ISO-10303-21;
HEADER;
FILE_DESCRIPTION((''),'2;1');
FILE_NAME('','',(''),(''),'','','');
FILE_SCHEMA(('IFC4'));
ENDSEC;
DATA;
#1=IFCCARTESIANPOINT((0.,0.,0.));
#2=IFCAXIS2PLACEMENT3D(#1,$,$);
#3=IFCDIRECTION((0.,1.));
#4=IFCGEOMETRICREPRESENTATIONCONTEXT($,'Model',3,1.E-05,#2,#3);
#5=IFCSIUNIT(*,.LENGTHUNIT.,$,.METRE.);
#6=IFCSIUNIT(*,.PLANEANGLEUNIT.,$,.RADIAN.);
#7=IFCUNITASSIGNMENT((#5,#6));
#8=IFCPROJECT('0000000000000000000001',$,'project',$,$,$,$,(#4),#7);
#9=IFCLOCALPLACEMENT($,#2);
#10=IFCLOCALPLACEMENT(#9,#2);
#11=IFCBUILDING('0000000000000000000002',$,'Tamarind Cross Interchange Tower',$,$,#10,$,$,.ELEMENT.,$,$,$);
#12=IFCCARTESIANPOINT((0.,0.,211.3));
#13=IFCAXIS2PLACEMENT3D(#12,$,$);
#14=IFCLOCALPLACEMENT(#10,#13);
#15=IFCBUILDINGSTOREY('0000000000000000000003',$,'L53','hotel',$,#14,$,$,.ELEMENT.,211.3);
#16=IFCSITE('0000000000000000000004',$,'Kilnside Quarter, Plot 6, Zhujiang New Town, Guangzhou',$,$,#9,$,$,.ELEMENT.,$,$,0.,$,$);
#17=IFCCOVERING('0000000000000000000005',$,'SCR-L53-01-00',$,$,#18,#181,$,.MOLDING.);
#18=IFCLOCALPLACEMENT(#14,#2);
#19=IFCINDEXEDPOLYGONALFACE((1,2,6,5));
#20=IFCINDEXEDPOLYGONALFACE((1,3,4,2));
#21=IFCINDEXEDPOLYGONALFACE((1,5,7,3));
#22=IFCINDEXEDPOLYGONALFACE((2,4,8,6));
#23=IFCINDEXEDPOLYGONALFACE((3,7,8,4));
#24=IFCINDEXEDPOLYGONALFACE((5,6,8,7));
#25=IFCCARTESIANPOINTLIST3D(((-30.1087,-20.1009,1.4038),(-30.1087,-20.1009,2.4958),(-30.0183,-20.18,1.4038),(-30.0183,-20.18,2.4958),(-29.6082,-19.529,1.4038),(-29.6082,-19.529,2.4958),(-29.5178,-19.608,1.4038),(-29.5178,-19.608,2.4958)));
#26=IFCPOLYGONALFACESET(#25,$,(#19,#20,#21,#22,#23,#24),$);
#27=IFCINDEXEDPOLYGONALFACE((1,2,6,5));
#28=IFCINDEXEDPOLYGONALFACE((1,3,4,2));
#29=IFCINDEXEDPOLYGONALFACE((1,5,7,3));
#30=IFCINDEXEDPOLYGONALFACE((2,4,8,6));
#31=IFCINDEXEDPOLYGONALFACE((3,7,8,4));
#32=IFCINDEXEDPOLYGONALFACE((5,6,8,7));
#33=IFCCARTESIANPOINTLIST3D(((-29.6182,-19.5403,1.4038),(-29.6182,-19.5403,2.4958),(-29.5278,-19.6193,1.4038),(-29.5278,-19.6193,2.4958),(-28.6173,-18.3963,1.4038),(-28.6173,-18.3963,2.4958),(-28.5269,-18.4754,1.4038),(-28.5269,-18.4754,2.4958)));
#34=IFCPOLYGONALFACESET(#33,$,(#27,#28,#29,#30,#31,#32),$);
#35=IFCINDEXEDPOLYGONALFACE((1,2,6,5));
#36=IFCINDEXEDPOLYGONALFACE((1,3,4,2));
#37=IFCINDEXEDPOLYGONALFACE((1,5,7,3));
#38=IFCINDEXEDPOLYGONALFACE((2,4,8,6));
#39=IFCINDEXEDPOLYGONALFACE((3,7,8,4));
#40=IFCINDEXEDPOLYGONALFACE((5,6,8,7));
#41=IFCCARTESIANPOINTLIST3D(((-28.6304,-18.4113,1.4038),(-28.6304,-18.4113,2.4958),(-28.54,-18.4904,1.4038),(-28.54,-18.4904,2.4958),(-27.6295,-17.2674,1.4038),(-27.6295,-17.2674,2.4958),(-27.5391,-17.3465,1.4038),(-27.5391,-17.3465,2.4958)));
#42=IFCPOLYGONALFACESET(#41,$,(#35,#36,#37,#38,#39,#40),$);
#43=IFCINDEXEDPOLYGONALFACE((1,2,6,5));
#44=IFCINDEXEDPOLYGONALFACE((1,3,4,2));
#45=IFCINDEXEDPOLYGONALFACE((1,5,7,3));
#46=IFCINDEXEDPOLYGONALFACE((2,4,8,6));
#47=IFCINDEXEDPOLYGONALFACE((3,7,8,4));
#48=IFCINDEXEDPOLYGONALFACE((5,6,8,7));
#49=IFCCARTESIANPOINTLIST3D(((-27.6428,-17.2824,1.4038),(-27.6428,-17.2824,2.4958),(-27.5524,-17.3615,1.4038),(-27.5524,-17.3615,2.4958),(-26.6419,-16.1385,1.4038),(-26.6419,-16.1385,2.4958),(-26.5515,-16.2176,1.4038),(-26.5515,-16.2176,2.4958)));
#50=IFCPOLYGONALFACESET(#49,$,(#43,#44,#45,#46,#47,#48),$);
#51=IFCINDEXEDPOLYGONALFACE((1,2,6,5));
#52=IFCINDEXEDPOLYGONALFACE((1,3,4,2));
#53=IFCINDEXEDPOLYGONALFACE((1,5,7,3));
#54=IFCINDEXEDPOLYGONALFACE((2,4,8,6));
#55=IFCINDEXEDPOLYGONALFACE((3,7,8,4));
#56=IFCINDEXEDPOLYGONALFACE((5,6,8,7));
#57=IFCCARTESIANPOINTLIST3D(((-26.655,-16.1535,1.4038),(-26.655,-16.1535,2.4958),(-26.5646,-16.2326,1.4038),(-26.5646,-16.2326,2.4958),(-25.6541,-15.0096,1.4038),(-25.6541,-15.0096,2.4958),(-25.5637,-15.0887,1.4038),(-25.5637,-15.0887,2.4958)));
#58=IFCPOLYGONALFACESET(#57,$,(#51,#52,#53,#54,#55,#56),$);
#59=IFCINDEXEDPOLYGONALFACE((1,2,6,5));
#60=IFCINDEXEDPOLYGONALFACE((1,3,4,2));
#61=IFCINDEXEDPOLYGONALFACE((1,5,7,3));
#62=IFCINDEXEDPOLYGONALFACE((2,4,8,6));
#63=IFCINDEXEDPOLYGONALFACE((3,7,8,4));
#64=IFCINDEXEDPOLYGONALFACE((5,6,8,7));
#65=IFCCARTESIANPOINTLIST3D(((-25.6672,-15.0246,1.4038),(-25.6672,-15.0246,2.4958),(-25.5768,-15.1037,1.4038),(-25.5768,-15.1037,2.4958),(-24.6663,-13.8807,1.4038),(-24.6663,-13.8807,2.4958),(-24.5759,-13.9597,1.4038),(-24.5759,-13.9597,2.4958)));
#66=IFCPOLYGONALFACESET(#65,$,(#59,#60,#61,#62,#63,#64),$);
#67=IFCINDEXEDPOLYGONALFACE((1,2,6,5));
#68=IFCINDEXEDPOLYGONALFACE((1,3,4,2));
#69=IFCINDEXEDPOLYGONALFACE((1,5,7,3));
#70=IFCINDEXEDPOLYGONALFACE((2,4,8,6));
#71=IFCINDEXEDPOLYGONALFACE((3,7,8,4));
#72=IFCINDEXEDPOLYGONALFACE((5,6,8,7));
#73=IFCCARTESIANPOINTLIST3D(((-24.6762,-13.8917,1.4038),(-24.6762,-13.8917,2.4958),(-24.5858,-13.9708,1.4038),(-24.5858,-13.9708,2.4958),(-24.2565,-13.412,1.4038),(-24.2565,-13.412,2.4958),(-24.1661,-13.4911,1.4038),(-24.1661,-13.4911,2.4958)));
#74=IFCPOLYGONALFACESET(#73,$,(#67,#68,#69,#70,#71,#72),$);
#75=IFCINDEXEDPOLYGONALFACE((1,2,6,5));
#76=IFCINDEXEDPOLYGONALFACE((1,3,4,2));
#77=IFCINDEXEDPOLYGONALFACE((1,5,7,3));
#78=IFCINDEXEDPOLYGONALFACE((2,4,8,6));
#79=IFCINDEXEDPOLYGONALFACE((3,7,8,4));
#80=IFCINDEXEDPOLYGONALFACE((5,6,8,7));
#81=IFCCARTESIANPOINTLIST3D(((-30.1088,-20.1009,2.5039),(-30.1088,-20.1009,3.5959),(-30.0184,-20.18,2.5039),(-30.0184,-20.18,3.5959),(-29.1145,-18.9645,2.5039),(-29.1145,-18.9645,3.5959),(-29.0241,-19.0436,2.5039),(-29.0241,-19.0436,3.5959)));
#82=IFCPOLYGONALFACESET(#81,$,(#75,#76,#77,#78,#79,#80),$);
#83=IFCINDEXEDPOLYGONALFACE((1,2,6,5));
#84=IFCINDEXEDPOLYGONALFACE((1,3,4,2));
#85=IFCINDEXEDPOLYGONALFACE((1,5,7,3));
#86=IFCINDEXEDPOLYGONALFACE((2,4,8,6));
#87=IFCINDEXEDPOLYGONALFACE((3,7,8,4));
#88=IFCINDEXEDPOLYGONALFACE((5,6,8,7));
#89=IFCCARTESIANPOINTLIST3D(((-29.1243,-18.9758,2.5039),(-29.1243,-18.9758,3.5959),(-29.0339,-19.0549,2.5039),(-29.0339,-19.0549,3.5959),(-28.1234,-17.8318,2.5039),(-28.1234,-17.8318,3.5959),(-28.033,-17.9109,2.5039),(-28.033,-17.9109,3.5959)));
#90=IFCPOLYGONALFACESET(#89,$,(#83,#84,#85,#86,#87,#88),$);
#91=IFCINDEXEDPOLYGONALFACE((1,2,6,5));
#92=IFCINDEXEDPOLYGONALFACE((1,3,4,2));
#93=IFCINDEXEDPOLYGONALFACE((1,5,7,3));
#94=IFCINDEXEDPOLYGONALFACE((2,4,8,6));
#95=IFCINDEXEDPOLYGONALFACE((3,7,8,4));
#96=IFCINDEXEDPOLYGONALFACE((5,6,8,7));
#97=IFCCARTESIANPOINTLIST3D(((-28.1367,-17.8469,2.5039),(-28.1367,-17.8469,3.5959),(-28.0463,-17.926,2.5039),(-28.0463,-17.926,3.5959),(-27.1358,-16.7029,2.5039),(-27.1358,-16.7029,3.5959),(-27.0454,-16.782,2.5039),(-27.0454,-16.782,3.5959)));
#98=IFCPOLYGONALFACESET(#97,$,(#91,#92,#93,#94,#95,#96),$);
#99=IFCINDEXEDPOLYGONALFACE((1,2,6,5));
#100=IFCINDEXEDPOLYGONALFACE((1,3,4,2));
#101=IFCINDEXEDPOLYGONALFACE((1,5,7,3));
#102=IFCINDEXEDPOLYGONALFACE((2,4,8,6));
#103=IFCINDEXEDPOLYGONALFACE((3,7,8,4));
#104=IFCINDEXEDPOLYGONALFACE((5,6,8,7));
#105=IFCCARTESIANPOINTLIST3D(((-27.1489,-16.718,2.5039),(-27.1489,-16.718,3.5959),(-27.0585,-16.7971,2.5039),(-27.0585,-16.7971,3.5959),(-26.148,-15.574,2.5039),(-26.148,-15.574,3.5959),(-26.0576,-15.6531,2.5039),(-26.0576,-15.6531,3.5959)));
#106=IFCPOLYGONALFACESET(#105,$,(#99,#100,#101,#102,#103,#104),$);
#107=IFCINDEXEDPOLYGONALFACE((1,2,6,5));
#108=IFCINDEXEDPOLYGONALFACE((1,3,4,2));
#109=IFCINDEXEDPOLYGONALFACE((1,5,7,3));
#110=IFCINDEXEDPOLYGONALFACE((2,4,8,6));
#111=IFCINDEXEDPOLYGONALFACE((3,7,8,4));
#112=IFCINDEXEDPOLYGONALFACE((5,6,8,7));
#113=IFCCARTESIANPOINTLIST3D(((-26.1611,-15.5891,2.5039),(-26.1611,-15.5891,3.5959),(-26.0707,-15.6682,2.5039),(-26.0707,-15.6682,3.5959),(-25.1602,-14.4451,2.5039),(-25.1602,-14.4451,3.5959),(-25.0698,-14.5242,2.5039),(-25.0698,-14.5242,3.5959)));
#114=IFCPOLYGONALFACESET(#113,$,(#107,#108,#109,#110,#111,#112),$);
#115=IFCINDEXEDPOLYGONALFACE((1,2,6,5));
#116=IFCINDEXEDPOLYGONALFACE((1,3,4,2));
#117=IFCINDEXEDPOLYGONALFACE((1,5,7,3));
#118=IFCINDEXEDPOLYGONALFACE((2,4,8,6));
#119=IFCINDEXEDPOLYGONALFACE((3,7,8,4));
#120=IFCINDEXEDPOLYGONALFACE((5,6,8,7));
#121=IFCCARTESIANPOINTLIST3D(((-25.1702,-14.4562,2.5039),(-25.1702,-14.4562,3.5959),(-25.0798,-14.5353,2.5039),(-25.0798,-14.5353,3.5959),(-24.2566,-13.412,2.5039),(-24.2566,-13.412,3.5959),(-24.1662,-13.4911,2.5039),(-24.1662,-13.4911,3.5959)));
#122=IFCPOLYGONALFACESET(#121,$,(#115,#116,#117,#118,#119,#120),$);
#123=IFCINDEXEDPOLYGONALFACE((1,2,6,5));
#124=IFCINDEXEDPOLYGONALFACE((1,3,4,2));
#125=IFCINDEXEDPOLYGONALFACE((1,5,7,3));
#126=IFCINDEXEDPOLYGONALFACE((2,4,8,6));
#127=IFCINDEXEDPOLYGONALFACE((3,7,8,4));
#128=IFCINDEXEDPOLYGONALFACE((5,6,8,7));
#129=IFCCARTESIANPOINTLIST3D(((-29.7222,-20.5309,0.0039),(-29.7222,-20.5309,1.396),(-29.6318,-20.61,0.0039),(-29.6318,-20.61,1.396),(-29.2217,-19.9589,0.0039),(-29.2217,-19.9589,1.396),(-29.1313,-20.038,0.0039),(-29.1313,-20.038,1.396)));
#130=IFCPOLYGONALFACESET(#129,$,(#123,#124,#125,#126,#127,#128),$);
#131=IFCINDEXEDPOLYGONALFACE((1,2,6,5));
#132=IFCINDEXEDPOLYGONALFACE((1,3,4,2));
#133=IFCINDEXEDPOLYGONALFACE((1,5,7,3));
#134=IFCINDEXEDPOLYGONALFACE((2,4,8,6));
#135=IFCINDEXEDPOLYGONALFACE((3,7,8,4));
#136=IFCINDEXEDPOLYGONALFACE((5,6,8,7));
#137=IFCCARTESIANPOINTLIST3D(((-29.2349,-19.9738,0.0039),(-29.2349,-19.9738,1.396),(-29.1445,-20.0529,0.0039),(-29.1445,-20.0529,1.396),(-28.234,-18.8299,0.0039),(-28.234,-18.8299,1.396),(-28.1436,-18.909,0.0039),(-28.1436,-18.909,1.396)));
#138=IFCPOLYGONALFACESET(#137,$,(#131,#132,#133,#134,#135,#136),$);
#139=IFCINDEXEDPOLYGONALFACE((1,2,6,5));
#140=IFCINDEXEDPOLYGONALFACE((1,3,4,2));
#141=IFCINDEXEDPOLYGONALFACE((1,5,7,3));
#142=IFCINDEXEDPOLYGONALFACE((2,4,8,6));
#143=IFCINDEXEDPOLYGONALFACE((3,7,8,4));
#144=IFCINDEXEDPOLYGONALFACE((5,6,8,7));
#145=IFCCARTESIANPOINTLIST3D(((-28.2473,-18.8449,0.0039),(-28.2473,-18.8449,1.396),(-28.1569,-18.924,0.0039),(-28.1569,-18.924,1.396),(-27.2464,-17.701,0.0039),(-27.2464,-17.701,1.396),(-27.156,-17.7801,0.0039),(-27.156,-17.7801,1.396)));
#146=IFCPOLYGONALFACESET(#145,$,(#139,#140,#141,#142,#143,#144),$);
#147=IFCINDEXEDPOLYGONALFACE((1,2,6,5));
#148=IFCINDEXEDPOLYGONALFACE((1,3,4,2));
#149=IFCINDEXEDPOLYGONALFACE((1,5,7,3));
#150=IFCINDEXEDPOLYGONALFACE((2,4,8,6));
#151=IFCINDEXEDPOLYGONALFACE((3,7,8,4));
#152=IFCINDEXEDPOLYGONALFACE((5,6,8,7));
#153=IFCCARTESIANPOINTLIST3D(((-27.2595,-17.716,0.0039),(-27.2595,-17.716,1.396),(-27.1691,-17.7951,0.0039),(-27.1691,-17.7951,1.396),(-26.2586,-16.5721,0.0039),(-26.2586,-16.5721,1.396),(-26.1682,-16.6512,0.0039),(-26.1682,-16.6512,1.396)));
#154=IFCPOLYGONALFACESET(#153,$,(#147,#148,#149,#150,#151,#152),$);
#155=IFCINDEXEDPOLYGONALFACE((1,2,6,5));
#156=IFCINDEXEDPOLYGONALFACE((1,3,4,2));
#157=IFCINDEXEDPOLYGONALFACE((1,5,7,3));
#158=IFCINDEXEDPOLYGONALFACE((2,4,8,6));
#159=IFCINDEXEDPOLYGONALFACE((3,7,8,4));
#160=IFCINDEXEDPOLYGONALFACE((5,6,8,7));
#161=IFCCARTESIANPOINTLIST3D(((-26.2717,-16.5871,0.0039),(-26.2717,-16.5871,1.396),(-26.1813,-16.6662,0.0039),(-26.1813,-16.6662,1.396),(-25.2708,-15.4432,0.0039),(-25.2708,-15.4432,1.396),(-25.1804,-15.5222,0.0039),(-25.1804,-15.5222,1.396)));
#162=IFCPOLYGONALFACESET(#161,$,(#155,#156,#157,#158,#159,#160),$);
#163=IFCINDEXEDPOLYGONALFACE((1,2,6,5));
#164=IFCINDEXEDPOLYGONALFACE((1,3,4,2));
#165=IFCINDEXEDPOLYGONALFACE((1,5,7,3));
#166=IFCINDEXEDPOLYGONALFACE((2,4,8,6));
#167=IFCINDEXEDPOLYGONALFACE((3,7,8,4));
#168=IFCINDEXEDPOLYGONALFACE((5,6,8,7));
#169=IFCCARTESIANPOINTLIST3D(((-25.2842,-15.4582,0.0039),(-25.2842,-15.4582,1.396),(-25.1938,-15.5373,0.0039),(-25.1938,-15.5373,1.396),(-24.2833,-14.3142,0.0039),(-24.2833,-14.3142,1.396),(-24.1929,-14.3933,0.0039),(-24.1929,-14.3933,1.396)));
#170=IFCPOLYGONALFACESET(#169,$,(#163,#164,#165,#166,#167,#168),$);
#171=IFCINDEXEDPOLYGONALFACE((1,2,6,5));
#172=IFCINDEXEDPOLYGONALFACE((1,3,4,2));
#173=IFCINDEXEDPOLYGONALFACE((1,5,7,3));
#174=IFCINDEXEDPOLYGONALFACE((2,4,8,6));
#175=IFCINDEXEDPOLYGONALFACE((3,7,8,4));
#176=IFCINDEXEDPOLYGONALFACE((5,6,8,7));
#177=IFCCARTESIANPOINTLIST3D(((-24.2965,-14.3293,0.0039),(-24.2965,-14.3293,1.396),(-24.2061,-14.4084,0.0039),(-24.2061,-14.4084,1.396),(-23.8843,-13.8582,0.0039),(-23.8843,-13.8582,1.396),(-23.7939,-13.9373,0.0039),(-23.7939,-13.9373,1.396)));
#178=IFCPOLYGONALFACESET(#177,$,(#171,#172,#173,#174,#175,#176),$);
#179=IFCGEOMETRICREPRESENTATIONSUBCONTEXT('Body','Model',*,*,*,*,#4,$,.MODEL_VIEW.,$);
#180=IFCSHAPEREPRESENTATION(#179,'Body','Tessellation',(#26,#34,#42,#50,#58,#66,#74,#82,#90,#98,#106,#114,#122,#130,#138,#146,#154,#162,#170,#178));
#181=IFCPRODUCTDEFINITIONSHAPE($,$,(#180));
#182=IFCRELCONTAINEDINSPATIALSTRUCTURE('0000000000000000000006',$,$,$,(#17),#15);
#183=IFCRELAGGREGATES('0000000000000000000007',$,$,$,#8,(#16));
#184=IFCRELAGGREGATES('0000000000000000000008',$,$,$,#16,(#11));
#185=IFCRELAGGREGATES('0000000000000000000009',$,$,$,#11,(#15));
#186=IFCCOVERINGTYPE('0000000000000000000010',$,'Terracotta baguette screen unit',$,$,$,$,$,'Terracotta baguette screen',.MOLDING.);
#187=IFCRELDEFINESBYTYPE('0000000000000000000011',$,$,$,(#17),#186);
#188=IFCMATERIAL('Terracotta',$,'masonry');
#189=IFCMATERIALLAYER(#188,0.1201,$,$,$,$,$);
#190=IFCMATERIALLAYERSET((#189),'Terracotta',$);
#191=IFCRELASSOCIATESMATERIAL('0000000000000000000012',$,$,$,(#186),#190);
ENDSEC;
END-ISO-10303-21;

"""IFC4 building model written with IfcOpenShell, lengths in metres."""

from ifc_helpers import new_model, si_unit, direction, frame, origin, origin_2d, place, context, subcontext, project, spatial, rectangle, extrude, material, layer, layer_set, type_object, element, save


model = new_model("IFC4")

# Units and contexts
model_context = context("Model", 3, precision=1e-05, world=origin(), true_north=direction((0.0, 1.0)))
body_context = subcontext(model_context, "Body", "Model", "MODEL_VIEW")
ifc_project = project(units=[si_unit("LENGTHUNIT", "METRE"), si_unit("PLANEANGLEUNIT", "RADIAN")], contexts=[model_context])

# Site, building, storey
site_placement = place(None, origin())
site = spatial("IfcSite", under=ifc_project, at=site_placement, Name="Kilnside Quarter, Plot 6, Zhujiang New Town, Guangzhou", CompositionType="ELEMENT", RefElevation=0.0)
building_placement = place(site_placement, origin())
building = spatial("IfcBuilding", under=site, at=building_placement, Name="Tamarind Cross Interchange Tower", CompositionType="ELEMENT")
storey_placement = place(building_placement, frame((0.0, 0.0, 211.3)))
storey = spatial("IfcBuildingStorey", under=building, at=storey_placement, Name="L53", Description="hotel", CompositionType="ELEMENT", Elevation=211.3)

# Covering
ifc_material_1 = material(Name="Terracotta", Category="masonry")
ifc_layer_1 = layer(ifc_material_1, 0.1201)
ifc_layer_set_1 = layer_set([ifc_layer_1], Name="Terracotta")
covering_type = type_object("IfcCoveringType", Name="Terracotta baguette screen unit", ElementType="Terracotta baguette screen", PredefinedType="MOLDING", material=ifc_layer_set_1)
covering_1_placement = place(storey_placement, origin())
element("IfcCovering", 1, at=covering_1_placement, inside=storey, type_object=covering_type, Name="SCR-L53-01-00", PredefinedType="MOLDING", context=body_context, shape_type="SweptSolid", body=[
    extrude(rectangle(XDim=0.76, YDim=0.1201, at=origin_2d()), frame((-29.8132, -19.8545, 1.4038), z_axis=(0.0, 0.0, 1.0), x_axis=(0.658472, 0.752605, 0.0)), (0.0, 0.0, 1.0), 1.092),
    extrude(rectangle(XDim=1.52, YDim=0.1201, at=origin_2d()), frame((-29.0725, -19.0078, 1.4038), z_axis=(0.0, 0.0, 1.0), x_axis=(0.658472, 0.752605, 0.0)), (0.0, 0.0, 1.0), 1.092),
    extrude(rectangle(XDim=1.52, YDim=0.1201, at=origin_2d()), frame((-28.0847, -17.8789, 1.4038), z_axis=(0.0, 0.0, 1.0), x_axis=(0.658472, 0.752605, 0.0)), (0.0, 0.0, 1.0), 1.092),
    extrude(rectangle(XDim=1.52, YDim=0.1201, at=origin_2d()), frame((-27.0972, -16.75, 1.4038), z_axis=(0.0, 0.0, 1.0), x_axis=(0.658472, 0.752605, 0.0)), (0.0, 0.0, 1.0), 1.092),
    extrude(rectangle(XDim=1.52, YDim=0.1201, at=origin_2d()), frame((-26.1094, -15.6211, 1.4038), z_axis=(0.0, 0.0, 1.0), x_axis=(0.658472, 0.752605, 0.0)), (0.0, 0.0, 1.0), 1.092),
    extrude(rectangle(XDim=1.52, YDim=0.1201, at=origin_2d()), frame((-25.1216, -14.4922, 1.4038), z_axis=(0.0, 0.0, 1.0), x_axis=(0.658472, 0.752605, 0.0)), (0.0, 0.0, 1.0), 1.092),
    extrude(rectangle(XDim=0.6375, YDim=0.1201, at=origin_2d()), frame((-24.4211, -13.6914, 1.4038), z_axis=(0.0, 0.0, 1.0), x_axis=(0.658472, 0.752605, 0.0)), (0.0, 0.0, 1.0), 1.092),
    extrude(rectangle(XDim=1.51, YDim=0.1201, at=origin_2d()), frame((-29.5664, -19.5723, 2.5039), z_axis=(0.0, 0.0, 1.0), x_axis=(0.658472, 0.752605, 0.0)), (0.0, 0.0, 1.0), 1.092),
    extrude(rectangle(XDim=1.52, YDim=0.1201, at=origin_2d()), frame((-28.5786, -18.4434, 2.5039), z_axis=(0.0, 0.0, 1.0), x_axis=(0.658472, 0.752605, 0.0)), (0.0, 0.0, 1.0), 1.092),
    extrude(rectangle(XDim=1.52, YDim=0.1201, at=origin_2d()), frame((-27.5911, -17.3145, 2.5039), z_axis=(0.0, 0.0, 1.0), x_axis=(0.658472, 0.752605, 0.0)), (0.0, 0.0, 1.0), 1.092),
    extrude(rectangle(XDim=1.52, YDim=0.1201, at=origin_2d()), frame((-26.6033, -16.1855, 2.5039), z_axis=(0.0, 0.0, 1.0), x_axis=(0.658472, 0.752605, 0.0)), (0.0, 0.0, 1.0), 1.092),
    extrude(rectangle(XDim=1.52, YDim=0.1201, at=origin_2d()), frame((-25.6155, -15.0566, 2.5039), z_axis=(0.0, 0.0, 1.0), x_axis=(0.658472, 0.752605, 0.0)), (0.0, 0.0, 1.0), 1.092),
    extrude(rectangle(XDim=1.3875, YDim=0.1201, at=origin_2d()), frame((-24.6682, -13.9736, 2.5039), z_axis=(0.0, 0.0, 1.0), x_axis=(0.658472, 0.752605, 0.0)), (0.0, 0.0, 1.0), 1.092),
    extrude(rectangle(XDim=0.76, YDim=0.1201, at=origin_2d()), frame((-29.4268, -20.2844, 0.0039), z_axis=(0.0, 0.0, 1.0), x_axis=(0.658472, 0.752605, 0.0)), (0.0, 0.0, 1.0), 1.3921),
    extrude(rectangle(XDim=1.52, YDim=0.1201, at=origin_2d()), frame((-28.6892, -19.4414, 0.0039), z_axis=(0.0, 0.0, 1.0), x_axis=(0.658472, 0.752605, 0.0)), (0.0, 0.0, 1.0), 1.3921),
    extrude(rectangle(XDim=1.52, YDim=0.1201, at=origin_2d()), frame((-27.7017, -18.3125, 0.0039), z_axis=(0.0, 0.0, 1.0), x_axis=(0.658472, 0.752605, 0.0)), (0.0, 0.0, 1.0), 1.3921),
    extrude(rectangle(XDim=1.52, YDim=0.1201, at=origin_2d()), frame((-26.7139, -17.1836, 0.0039), z_axis=(0.0, 0.0, 1.0), x_axis=(0.658472, 0.752605, 0.0)), (0.0, 0.0, 1.0), 1.3921),
    extrude(rectangle(XDim=1.52, YDim=0.1201, at=origin_2d()), frame((-25.7261, -16.0547, 0.0039), z_axis=(0.0, 0.0, 1.0), x_axis=(0.658472, 0.752605, 0.0)), (0.0, 0.0, 1.0), 1.3921),
    extrude(rectangle(XDim=1.52, YDim=0.1201, at=origin_2d()), frame((-24.7385, -14.9258, 0.0039), z_axis=(0.0, 0.0, 1.0), x_axis=(0.658472, 0.752605, 0.0)), (0.0, 0.0, 1.0), 1.3921),
    extrude(rectangle(XDim=0.626, YDim=0.1201, at=origin_2d()), frame((-24.0452, -14.1333, 0.0039), z_axis=(0.0, 0.0, 1.0), x_axis=(0.658472, 0.752605, 0.0)), (0.0, 0.0, 1.0), 1.3921),
])

save(model, "model.ifc")
